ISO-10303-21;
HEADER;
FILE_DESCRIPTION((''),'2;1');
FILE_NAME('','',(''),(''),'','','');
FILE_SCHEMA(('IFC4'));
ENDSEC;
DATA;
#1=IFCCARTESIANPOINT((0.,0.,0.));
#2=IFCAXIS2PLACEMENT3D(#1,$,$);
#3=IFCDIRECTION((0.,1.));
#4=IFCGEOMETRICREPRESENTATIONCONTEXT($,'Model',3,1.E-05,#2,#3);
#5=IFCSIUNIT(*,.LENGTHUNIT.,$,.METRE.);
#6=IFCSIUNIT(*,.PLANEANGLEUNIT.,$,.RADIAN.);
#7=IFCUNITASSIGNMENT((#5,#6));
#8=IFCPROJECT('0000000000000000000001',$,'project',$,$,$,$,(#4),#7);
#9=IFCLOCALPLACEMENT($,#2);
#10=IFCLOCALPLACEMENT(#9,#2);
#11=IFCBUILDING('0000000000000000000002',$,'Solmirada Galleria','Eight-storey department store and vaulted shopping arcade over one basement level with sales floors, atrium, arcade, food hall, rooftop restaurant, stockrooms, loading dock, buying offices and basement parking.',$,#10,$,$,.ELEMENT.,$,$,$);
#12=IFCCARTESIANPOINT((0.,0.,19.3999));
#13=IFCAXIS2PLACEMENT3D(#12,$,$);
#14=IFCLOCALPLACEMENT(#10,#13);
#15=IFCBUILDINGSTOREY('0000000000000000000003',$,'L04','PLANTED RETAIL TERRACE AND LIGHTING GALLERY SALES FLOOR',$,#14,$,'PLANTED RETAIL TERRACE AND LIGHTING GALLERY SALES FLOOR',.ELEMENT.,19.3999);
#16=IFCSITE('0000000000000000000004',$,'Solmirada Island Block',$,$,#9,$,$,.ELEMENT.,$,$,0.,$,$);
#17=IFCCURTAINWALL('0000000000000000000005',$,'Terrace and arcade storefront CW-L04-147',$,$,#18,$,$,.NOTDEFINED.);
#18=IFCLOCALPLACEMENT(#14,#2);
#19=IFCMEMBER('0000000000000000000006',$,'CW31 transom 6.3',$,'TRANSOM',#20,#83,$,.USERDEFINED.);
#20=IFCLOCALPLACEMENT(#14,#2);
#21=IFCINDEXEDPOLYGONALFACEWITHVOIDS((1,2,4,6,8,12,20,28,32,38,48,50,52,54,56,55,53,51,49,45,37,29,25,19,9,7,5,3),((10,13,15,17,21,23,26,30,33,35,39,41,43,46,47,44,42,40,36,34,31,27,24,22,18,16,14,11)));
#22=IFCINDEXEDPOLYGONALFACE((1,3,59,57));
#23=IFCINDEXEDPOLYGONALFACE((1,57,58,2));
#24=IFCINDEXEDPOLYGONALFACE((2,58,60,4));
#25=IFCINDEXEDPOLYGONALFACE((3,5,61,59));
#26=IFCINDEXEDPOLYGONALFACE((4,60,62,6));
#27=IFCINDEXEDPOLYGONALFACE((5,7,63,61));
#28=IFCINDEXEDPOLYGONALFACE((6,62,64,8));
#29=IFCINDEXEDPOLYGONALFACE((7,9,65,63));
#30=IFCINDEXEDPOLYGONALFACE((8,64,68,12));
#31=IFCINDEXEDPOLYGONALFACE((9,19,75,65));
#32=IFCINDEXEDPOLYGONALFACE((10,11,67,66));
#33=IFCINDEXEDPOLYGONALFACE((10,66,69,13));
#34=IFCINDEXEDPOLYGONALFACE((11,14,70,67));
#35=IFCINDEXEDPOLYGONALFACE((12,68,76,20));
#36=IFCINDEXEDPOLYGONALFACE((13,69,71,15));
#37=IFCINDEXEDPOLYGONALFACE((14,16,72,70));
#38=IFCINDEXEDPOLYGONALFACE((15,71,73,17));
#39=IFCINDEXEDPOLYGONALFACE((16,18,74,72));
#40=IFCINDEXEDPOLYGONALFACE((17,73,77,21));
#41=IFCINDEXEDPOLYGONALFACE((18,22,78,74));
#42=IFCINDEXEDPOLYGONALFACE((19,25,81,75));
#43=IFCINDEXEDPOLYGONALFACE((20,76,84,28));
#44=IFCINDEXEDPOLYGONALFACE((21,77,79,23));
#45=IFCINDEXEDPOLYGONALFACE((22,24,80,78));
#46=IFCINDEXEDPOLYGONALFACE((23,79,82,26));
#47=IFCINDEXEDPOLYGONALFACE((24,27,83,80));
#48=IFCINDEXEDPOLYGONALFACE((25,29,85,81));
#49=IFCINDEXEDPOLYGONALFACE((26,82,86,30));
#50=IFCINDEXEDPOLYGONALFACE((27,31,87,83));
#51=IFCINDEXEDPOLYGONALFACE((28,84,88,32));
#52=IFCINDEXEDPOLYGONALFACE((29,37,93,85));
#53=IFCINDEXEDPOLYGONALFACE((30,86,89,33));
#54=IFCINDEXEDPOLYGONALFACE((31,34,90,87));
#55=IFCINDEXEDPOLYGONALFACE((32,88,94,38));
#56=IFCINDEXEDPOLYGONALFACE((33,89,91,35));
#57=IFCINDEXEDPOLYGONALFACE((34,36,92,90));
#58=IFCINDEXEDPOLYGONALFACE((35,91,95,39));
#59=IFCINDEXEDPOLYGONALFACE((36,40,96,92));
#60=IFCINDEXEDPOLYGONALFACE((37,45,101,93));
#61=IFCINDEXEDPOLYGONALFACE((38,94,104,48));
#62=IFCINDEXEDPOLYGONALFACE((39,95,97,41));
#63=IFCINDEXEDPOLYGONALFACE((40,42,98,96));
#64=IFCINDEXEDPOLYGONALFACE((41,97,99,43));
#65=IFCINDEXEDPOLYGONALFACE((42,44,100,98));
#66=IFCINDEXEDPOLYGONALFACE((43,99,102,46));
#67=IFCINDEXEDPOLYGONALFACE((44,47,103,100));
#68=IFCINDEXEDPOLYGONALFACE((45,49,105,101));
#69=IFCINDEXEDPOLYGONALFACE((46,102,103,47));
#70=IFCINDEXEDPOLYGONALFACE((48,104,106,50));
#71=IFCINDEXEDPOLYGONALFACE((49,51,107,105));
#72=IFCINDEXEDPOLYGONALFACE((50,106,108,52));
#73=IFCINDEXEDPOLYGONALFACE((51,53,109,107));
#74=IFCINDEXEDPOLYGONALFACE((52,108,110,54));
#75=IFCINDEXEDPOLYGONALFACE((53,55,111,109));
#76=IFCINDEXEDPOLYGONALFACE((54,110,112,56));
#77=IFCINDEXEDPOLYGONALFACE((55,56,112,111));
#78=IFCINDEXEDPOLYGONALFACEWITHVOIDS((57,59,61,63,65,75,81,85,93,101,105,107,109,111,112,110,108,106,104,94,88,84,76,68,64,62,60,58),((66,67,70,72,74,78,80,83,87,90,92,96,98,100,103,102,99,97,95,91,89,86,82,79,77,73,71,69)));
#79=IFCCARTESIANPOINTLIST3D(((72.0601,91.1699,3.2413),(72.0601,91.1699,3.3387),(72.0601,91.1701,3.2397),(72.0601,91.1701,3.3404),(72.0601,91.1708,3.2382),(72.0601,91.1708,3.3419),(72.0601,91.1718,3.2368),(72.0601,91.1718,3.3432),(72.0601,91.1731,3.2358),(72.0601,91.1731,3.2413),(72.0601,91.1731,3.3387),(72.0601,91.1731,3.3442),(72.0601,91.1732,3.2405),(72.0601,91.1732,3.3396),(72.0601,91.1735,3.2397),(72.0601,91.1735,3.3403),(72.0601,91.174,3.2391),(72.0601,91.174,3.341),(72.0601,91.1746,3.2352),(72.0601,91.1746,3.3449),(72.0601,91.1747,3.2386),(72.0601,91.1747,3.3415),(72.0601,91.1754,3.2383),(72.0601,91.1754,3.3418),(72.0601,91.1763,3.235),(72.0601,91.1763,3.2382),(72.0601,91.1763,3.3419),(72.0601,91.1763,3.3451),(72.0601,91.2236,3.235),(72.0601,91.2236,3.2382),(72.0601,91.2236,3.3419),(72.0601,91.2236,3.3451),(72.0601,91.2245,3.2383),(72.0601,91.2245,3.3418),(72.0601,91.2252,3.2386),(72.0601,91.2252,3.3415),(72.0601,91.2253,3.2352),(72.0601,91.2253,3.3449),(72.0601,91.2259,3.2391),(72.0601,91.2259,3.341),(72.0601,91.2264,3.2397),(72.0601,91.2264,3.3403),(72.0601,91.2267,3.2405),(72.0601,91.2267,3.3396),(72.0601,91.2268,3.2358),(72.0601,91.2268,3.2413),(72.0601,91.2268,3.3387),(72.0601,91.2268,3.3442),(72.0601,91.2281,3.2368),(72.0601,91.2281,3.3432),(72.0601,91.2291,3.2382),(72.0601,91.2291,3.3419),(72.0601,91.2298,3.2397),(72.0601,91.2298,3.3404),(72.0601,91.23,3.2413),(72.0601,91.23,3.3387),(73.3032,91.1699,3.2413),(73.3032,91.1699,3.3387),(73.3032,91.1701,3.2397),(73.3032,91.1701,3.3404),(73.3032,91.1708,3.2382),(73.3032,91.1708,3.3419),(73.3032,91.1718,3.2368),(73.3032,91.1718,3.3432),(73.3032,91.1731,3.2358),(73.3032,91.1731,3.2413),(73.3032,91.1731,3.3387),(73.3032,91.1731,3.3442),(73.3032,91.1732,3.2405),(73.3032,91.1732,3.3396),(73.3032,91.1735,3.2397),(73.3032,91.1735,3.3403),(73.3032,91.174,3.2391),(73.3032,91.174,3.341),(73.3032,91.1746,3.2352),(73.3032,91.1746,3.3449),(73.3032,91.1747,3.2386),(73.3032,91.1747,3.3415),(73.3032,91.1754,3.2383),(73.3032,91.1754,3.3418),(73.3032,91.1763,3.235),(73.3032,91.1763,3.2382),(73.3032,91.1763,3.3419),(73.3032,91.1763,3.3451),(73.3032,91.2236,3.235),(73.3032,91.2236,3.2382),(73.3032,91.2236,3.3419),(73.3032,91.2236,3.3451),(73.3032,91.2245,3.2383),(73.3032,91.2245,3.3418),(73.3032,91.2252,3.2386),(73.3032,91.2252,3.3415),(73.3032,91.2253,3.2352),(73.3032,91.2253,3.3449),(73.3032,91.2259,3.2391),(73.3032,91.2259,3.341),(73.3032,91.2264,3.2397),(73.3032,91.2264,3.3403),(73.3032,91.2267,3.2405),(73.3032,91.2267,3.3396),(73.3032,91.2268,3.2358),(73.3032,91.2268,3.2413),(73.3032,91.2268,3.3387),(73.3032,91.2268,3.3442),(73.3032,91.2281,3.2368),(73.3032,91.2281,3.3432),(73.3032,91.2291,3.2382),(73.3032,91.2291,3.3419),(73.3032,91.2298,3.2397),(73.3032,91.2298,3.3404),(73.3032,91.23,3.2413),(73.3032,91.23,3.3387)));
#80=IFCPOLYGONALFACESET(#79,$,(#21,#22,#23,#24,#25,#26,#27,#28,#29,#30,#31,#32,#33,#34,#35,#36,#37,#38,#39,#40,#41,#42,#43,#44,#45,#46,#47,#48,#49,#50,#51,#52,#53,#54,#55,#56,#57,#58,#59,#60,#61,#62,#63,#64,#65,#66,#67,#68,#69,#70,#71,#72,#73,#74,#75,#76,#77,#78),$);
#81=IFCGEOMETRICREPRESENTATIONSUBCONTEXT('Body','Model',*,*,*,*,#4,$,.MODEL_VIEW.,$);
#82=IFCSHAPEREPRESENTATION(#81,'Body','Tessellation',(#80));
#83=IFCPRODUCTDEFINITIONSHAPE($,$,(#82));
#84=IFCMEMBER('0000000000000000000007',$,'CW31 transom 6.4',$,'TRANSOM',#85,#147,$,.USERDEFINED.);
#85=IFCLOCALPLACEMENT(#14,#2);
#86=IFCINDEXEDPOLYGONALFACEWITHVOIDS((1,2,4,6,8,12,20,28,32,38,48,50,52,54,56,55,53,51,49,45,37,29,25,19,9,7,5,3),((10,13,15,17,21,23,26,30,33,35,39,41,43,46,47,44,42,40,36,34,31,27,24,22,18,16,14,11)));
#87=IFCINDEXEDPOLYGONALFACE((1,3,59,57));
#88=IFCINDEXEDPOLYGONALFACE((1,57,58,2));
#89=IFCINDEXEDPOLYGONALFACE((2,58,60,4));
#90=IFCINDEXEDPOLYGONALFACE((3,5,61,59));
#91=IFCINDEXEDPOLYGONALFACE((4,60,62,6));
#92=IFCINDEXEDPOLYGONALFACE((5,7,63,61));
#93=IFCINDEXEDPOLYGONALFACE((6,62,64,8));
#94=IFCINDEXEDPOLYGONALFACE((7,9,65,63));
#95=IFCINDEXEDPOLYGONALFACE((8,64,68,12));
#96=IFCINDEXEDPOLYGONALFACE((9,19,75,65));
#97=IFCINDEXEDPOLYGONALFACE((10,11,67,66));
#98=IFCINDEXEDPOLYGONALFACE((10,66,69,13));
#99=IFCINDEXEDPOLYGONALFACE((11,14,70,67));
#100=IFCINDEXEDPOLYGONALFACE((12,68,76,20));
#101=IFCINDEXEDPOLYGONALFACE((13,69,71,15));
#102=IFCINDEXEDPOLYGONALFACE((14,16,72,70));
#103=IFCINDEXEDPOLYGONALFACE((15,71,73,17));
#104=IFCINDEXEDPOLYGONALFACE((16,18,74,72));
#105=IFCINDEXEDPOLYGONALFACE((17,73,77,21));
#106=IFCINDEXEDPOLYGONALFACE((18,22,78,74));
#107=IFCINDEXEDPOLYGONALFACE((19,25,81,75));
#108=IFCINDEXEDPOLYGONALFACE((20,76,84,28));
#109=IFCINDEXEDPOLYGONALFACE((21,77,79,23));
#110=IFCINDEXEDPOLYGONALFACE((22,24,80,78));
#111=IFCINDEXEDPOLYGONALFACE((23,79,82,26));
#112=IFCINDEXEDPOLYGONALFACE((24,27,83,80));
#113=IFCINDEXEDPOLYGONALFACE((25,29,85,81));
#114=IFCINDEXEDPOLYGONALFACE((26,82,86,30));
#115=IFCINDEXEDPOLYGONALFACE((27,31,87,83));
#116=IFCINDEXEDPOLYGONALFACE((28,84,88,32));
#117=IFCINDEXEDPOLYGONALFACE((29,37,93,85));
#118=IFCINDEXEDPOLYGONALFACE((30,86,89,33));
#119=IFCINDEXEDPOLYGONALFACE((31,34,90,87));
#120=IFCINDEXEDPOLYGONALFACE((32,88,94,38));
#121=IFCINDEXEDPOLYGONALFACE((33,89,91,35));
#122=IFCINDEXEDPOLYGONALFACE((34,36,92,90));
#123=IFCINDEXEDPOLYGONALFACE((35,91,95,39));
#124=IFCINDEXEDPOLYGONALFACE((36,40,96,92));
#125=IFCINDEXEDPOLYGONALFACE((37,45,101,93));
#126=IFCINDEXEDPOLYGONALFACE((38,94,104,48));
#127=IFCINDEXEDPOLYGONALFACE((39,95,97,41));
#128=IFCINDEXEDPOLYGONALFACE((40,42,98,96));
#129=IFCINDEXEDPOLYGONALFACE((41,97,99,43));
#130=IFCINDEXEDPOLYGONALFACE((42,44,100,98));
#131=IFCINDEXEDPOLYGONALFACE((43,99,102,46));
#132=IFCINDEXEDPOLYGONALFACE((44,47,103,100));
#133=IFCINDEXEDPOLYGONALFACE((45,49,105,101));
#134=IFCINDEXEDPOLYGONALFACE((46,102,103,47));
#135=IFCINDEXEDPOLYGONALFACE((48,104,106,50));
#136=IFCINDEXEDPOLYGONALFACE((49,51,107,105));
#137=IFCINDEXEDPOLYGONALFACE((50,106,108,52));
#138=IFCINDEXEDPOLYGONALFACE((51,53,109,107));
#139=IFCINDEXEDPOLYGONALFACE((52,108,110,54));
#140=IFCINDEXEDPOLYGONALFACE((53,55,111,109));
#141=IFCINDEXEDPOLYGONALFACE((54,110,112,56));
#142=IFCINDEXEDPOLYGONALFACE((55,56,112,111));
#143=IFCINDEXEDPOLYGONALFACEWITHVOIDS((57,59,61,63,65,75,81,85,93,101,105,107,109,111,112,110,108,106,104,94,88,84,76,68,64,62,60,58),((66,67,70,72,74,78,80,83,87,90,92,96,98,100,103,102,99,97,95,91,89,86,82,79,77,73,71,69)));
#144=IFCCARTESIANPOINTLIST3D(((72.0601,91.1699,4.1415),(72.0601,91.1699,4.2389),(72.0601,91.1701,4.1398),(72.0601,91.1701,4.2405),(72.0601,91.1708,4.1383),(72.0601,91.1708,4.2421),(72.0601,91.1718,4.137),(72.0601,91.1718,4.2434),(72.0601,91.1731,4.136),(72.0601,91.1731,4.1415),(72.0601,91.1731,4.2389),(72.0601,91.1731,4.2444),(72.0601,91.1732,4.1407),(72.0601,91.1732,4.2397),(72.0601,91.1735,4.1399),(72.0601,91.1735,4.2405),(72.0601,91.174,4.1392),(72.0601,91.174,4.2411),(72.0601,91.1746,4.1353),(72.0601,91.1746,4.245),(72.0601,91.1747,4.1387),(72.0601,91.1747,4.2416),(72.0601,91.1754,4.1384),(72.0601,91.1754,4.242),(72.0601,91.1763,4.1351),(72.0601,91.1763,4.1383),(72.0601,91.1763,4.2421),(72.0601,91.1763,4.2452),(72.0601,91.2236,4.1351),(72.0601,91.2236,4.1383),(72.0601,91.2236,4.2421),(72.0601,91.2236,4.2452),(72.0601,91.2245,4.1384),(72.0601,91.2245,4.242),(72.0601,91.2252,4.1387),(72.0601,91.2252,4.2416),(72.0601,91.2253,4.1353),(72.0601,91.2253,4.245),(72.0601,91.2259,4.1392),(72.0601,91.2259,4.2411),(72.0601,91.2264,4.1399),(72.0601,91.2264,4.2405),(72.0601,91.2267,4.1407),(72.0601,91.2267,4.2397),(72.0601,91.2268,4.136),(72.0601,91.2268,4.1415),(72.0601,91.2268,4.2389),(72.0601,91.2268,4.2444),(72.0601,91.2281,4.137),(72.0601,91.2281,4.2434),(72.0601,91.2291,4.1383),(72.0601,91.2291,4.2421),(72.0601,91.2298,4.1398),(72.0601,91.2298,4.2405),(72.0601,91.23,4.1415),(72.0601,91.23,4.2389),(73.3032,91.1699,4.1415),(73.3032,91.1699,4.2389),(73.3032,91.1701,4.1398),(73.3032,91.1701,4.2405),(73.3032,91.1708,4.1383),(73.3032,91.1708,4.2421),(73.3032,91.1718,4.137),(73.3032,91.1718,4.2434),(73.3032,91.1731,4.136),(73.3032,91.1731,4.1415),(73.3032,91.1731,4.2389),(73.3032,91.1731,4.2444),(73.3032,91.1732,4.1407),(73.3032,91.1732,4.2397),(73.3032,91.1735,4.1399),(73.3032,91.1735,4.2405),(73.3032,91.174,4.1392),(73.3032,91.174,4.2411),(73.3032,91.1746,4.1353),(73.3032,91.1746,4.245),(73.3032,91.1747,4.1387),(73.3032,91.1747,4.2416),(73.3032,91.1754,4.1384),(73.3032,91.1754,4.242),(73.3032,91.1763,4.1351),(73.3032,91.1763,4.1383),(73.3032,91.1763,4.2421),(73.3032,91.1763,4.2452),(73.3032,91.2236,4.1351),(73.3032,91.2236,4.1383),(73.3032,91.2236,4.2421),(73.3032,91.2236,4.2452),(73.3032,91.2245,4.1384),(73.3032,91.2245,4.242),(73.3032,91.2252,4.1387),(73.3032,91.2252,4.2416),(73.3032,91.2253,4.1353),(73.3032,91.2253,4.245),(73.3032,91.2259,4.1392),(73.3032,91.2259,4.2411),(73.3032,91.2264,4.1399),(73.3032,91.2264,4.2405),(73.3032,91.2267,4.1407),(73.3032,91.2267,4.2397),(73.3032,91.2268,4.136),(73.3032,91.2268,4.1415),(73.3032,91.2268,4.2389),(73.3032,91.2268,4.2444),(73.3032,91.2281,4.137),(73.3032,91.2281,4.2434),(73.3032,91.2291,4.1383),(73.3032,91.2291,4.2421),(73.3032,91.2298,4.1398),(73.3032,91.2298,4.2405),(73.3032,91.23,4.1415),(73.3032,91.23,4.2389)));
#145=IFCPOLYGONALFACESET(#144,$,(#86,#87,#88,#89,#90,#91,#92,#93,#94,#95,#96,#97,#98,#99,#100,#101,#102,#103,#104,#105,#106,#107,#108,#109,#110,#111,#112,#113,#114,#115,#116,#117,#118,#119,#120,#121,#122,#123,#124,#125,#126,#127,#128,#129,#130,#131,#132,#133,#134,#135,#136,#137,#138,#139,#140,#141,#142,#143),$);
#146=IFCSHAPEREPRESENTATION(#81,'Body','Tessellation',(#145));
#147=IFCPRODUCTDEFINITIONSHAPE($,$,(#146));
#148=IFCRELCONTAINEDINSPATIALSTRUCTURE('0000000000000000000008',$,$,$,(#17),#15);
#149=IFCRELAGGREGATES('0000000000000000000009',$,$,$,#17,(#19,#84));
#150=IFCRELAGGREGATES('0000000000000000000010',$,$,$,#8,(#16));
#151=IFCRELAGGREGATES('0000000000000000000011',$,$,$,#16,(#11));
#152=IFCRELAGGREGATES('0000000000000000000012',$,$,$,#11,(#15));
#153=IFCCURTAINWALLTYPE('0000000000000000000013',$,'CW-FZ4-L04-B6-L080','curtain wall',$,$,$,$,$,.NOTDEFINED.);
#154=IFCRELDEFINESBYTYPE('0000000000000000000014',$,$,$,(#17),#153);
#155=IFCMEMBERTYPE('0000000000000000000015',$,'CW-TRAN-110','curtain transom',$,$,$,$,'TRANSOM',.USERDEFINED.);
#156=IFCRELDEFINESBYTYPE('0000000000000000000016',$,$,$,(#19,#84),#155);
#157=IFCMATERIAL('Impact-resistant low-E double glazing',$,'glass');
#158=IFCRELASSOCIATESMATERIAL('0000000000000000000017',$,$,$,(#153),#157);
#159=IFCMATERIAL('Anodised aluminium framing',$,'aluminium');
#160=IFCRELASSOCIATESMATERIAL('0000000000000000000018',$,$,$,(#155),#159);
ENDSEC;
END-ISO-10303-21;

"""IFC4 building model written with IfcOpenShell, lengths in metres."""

from ifc_helpers import new_model, si_unit, direction, frame, origin, origin_2d, place, context, subcontext, project, spatial, hollow_rectangle, extrude, material, material_profile, profile_set, type_object, element, aggregate, save


model = new_model("IFC4")

# Units and contexts
model_context = context("Model", 3, precision=1e-05, world=origin(), true_north=direction((0.0, 1.0)))
body_context = subcontext(model_context, "Body", "Model", "MODEL_VIEW")
ifc_project = project(units=[si_unit("LENGTHUNIT", "METRE"), si_unit("PLANEANGLEUNIT", "RADIAN")], contexts=[model_context])

# Site, building, storey
site_placement = place(None, origin())
site = spatial("IfcSite", under=ifc_project, at=site_placement, Name="Solmirada Island Block", CompositionType="ELEMENT", RefElevation=0.0)
building_placement = place(site_placement, origin())
building = spatial("IfcBuilding", under=site, at=building_placement, Name="Solmirada Galleria", Description="Eight-storey department store and vaulted shopping arcade over one basement level with sales floors, atrium, arcade, food hall, rooftop restaurant, stockrooms, loading dock, buying offices and basement parking.", CompositionType="ELEMENT")
storey_placement = place(building_placement, frame((0.0, 0.0, 19.3999)))
storey = spatial("IfcBuildingStorey", under=building, at=storey_placement, Name="L04", Description="PLANTED RETAIL TERRACE AND LIGHTING GALLERY SALES FLOOR", LongName="PLANTED RETAIL TERRACE AND LIGHTING GALLERY SALES FLOOR", CompositionType="ELEMENT", Elevation=19.3999)

# Curtain wall
ifc_material_1 = material(Name="Impact-resistant low-E double glazing", Category="glass")
curtain_wall_type = type_object("IfcCurtainWallType", Name="CW-FZ4-L04-B6-L080", Description="curtain wall", PredefinedType="NOTDEFINED", material=ifc_material_1)
curtain_wall_1_placement = place(storey_placement, origin())
curtain_wall_1 = element("IfcCurtainWall", 1, at=curtain_wall_1_placement, inside=storey, type_object=curtain_wall_type, Name="Terrace and arcade storefront CW-L04-147", PredefinedType="NOTDEFINED")
ifc_material_2 = material(Name="Anodised aluminium framing", Category="aluminium")

# Members
ifc_material_profile_1 = material_profile(ifc_material_2, hollow_rectangle(XDim=0.0601, YDim=0.1101, WallThickness=0.0032, InnerFilletRadius=0.0032, OuterFilletRadius=0.0063, at=origin_2d()), Name="ALU-TRAN-110X60")
ifc_profile_set_1 = profile_set([ifc_material_profile_1], Name="Anodised aluminium framing")
member_type_1 = type_object("IfcMemberType", Name="CW-TRAN-110", Description="curtain transom", ElementType="TRANSOM", PredefinedType="USERDEFINED", material=ifc_profile_set_1)
member_1_placement = place(storey_placement, frame((73.3032, 91.2, 3.29), z_axis=(-1.0, 0.0, 0.0), x_axis=(0.0, -1.0, 0.0)))
member_1 = element("IfcMember", 2, at=member_1_placement, type_object=member_type_1, Name="CW31 transom 6.3", ObjectType="TRANSOM", PredefinedType="USERDEFINED", context=body_context, shape_type="SweptSolid", body=[
    extrude(hollow_rectangle(XDim=0.0601, YDim=0.1101, WallThickness=0.0032, InnerFilletRadius=0.0032, OuterFilletRadius=0.0063, at=origin_2d()), origin(), (0.0, 0.0, 1.0), 1.2432),
])
member_2_placement = place(storey_placement, frame((73.3032, 91.2, 4.1902), z_axis=(-1.0, 0.0, 0.0), x_axis=(0.0, -1.0, 0.0)))
member_2 = element("IfcMember", 3, at=member_2_placement, type_object=member_type_1, Name="CW31 transom 6.4", ObjectType="TRANSOM", PredefinedType="USERDEFINED", context=body_context, shape_type="SweptSolid", body=[
    extrude(hollow_rectangle(XDim=0.0601, YDim=0.1101, WallThickness=0.0032, InnerFilletRadius=0.0032, OuterFilletRadius=0.0063, at=origin_2d()), origin(), (0.0, 0.0, 1.0), 1.2432),
])

aggregate(curtain_wall_1, [member_1, member_2])

save(model, "model.ifc")
